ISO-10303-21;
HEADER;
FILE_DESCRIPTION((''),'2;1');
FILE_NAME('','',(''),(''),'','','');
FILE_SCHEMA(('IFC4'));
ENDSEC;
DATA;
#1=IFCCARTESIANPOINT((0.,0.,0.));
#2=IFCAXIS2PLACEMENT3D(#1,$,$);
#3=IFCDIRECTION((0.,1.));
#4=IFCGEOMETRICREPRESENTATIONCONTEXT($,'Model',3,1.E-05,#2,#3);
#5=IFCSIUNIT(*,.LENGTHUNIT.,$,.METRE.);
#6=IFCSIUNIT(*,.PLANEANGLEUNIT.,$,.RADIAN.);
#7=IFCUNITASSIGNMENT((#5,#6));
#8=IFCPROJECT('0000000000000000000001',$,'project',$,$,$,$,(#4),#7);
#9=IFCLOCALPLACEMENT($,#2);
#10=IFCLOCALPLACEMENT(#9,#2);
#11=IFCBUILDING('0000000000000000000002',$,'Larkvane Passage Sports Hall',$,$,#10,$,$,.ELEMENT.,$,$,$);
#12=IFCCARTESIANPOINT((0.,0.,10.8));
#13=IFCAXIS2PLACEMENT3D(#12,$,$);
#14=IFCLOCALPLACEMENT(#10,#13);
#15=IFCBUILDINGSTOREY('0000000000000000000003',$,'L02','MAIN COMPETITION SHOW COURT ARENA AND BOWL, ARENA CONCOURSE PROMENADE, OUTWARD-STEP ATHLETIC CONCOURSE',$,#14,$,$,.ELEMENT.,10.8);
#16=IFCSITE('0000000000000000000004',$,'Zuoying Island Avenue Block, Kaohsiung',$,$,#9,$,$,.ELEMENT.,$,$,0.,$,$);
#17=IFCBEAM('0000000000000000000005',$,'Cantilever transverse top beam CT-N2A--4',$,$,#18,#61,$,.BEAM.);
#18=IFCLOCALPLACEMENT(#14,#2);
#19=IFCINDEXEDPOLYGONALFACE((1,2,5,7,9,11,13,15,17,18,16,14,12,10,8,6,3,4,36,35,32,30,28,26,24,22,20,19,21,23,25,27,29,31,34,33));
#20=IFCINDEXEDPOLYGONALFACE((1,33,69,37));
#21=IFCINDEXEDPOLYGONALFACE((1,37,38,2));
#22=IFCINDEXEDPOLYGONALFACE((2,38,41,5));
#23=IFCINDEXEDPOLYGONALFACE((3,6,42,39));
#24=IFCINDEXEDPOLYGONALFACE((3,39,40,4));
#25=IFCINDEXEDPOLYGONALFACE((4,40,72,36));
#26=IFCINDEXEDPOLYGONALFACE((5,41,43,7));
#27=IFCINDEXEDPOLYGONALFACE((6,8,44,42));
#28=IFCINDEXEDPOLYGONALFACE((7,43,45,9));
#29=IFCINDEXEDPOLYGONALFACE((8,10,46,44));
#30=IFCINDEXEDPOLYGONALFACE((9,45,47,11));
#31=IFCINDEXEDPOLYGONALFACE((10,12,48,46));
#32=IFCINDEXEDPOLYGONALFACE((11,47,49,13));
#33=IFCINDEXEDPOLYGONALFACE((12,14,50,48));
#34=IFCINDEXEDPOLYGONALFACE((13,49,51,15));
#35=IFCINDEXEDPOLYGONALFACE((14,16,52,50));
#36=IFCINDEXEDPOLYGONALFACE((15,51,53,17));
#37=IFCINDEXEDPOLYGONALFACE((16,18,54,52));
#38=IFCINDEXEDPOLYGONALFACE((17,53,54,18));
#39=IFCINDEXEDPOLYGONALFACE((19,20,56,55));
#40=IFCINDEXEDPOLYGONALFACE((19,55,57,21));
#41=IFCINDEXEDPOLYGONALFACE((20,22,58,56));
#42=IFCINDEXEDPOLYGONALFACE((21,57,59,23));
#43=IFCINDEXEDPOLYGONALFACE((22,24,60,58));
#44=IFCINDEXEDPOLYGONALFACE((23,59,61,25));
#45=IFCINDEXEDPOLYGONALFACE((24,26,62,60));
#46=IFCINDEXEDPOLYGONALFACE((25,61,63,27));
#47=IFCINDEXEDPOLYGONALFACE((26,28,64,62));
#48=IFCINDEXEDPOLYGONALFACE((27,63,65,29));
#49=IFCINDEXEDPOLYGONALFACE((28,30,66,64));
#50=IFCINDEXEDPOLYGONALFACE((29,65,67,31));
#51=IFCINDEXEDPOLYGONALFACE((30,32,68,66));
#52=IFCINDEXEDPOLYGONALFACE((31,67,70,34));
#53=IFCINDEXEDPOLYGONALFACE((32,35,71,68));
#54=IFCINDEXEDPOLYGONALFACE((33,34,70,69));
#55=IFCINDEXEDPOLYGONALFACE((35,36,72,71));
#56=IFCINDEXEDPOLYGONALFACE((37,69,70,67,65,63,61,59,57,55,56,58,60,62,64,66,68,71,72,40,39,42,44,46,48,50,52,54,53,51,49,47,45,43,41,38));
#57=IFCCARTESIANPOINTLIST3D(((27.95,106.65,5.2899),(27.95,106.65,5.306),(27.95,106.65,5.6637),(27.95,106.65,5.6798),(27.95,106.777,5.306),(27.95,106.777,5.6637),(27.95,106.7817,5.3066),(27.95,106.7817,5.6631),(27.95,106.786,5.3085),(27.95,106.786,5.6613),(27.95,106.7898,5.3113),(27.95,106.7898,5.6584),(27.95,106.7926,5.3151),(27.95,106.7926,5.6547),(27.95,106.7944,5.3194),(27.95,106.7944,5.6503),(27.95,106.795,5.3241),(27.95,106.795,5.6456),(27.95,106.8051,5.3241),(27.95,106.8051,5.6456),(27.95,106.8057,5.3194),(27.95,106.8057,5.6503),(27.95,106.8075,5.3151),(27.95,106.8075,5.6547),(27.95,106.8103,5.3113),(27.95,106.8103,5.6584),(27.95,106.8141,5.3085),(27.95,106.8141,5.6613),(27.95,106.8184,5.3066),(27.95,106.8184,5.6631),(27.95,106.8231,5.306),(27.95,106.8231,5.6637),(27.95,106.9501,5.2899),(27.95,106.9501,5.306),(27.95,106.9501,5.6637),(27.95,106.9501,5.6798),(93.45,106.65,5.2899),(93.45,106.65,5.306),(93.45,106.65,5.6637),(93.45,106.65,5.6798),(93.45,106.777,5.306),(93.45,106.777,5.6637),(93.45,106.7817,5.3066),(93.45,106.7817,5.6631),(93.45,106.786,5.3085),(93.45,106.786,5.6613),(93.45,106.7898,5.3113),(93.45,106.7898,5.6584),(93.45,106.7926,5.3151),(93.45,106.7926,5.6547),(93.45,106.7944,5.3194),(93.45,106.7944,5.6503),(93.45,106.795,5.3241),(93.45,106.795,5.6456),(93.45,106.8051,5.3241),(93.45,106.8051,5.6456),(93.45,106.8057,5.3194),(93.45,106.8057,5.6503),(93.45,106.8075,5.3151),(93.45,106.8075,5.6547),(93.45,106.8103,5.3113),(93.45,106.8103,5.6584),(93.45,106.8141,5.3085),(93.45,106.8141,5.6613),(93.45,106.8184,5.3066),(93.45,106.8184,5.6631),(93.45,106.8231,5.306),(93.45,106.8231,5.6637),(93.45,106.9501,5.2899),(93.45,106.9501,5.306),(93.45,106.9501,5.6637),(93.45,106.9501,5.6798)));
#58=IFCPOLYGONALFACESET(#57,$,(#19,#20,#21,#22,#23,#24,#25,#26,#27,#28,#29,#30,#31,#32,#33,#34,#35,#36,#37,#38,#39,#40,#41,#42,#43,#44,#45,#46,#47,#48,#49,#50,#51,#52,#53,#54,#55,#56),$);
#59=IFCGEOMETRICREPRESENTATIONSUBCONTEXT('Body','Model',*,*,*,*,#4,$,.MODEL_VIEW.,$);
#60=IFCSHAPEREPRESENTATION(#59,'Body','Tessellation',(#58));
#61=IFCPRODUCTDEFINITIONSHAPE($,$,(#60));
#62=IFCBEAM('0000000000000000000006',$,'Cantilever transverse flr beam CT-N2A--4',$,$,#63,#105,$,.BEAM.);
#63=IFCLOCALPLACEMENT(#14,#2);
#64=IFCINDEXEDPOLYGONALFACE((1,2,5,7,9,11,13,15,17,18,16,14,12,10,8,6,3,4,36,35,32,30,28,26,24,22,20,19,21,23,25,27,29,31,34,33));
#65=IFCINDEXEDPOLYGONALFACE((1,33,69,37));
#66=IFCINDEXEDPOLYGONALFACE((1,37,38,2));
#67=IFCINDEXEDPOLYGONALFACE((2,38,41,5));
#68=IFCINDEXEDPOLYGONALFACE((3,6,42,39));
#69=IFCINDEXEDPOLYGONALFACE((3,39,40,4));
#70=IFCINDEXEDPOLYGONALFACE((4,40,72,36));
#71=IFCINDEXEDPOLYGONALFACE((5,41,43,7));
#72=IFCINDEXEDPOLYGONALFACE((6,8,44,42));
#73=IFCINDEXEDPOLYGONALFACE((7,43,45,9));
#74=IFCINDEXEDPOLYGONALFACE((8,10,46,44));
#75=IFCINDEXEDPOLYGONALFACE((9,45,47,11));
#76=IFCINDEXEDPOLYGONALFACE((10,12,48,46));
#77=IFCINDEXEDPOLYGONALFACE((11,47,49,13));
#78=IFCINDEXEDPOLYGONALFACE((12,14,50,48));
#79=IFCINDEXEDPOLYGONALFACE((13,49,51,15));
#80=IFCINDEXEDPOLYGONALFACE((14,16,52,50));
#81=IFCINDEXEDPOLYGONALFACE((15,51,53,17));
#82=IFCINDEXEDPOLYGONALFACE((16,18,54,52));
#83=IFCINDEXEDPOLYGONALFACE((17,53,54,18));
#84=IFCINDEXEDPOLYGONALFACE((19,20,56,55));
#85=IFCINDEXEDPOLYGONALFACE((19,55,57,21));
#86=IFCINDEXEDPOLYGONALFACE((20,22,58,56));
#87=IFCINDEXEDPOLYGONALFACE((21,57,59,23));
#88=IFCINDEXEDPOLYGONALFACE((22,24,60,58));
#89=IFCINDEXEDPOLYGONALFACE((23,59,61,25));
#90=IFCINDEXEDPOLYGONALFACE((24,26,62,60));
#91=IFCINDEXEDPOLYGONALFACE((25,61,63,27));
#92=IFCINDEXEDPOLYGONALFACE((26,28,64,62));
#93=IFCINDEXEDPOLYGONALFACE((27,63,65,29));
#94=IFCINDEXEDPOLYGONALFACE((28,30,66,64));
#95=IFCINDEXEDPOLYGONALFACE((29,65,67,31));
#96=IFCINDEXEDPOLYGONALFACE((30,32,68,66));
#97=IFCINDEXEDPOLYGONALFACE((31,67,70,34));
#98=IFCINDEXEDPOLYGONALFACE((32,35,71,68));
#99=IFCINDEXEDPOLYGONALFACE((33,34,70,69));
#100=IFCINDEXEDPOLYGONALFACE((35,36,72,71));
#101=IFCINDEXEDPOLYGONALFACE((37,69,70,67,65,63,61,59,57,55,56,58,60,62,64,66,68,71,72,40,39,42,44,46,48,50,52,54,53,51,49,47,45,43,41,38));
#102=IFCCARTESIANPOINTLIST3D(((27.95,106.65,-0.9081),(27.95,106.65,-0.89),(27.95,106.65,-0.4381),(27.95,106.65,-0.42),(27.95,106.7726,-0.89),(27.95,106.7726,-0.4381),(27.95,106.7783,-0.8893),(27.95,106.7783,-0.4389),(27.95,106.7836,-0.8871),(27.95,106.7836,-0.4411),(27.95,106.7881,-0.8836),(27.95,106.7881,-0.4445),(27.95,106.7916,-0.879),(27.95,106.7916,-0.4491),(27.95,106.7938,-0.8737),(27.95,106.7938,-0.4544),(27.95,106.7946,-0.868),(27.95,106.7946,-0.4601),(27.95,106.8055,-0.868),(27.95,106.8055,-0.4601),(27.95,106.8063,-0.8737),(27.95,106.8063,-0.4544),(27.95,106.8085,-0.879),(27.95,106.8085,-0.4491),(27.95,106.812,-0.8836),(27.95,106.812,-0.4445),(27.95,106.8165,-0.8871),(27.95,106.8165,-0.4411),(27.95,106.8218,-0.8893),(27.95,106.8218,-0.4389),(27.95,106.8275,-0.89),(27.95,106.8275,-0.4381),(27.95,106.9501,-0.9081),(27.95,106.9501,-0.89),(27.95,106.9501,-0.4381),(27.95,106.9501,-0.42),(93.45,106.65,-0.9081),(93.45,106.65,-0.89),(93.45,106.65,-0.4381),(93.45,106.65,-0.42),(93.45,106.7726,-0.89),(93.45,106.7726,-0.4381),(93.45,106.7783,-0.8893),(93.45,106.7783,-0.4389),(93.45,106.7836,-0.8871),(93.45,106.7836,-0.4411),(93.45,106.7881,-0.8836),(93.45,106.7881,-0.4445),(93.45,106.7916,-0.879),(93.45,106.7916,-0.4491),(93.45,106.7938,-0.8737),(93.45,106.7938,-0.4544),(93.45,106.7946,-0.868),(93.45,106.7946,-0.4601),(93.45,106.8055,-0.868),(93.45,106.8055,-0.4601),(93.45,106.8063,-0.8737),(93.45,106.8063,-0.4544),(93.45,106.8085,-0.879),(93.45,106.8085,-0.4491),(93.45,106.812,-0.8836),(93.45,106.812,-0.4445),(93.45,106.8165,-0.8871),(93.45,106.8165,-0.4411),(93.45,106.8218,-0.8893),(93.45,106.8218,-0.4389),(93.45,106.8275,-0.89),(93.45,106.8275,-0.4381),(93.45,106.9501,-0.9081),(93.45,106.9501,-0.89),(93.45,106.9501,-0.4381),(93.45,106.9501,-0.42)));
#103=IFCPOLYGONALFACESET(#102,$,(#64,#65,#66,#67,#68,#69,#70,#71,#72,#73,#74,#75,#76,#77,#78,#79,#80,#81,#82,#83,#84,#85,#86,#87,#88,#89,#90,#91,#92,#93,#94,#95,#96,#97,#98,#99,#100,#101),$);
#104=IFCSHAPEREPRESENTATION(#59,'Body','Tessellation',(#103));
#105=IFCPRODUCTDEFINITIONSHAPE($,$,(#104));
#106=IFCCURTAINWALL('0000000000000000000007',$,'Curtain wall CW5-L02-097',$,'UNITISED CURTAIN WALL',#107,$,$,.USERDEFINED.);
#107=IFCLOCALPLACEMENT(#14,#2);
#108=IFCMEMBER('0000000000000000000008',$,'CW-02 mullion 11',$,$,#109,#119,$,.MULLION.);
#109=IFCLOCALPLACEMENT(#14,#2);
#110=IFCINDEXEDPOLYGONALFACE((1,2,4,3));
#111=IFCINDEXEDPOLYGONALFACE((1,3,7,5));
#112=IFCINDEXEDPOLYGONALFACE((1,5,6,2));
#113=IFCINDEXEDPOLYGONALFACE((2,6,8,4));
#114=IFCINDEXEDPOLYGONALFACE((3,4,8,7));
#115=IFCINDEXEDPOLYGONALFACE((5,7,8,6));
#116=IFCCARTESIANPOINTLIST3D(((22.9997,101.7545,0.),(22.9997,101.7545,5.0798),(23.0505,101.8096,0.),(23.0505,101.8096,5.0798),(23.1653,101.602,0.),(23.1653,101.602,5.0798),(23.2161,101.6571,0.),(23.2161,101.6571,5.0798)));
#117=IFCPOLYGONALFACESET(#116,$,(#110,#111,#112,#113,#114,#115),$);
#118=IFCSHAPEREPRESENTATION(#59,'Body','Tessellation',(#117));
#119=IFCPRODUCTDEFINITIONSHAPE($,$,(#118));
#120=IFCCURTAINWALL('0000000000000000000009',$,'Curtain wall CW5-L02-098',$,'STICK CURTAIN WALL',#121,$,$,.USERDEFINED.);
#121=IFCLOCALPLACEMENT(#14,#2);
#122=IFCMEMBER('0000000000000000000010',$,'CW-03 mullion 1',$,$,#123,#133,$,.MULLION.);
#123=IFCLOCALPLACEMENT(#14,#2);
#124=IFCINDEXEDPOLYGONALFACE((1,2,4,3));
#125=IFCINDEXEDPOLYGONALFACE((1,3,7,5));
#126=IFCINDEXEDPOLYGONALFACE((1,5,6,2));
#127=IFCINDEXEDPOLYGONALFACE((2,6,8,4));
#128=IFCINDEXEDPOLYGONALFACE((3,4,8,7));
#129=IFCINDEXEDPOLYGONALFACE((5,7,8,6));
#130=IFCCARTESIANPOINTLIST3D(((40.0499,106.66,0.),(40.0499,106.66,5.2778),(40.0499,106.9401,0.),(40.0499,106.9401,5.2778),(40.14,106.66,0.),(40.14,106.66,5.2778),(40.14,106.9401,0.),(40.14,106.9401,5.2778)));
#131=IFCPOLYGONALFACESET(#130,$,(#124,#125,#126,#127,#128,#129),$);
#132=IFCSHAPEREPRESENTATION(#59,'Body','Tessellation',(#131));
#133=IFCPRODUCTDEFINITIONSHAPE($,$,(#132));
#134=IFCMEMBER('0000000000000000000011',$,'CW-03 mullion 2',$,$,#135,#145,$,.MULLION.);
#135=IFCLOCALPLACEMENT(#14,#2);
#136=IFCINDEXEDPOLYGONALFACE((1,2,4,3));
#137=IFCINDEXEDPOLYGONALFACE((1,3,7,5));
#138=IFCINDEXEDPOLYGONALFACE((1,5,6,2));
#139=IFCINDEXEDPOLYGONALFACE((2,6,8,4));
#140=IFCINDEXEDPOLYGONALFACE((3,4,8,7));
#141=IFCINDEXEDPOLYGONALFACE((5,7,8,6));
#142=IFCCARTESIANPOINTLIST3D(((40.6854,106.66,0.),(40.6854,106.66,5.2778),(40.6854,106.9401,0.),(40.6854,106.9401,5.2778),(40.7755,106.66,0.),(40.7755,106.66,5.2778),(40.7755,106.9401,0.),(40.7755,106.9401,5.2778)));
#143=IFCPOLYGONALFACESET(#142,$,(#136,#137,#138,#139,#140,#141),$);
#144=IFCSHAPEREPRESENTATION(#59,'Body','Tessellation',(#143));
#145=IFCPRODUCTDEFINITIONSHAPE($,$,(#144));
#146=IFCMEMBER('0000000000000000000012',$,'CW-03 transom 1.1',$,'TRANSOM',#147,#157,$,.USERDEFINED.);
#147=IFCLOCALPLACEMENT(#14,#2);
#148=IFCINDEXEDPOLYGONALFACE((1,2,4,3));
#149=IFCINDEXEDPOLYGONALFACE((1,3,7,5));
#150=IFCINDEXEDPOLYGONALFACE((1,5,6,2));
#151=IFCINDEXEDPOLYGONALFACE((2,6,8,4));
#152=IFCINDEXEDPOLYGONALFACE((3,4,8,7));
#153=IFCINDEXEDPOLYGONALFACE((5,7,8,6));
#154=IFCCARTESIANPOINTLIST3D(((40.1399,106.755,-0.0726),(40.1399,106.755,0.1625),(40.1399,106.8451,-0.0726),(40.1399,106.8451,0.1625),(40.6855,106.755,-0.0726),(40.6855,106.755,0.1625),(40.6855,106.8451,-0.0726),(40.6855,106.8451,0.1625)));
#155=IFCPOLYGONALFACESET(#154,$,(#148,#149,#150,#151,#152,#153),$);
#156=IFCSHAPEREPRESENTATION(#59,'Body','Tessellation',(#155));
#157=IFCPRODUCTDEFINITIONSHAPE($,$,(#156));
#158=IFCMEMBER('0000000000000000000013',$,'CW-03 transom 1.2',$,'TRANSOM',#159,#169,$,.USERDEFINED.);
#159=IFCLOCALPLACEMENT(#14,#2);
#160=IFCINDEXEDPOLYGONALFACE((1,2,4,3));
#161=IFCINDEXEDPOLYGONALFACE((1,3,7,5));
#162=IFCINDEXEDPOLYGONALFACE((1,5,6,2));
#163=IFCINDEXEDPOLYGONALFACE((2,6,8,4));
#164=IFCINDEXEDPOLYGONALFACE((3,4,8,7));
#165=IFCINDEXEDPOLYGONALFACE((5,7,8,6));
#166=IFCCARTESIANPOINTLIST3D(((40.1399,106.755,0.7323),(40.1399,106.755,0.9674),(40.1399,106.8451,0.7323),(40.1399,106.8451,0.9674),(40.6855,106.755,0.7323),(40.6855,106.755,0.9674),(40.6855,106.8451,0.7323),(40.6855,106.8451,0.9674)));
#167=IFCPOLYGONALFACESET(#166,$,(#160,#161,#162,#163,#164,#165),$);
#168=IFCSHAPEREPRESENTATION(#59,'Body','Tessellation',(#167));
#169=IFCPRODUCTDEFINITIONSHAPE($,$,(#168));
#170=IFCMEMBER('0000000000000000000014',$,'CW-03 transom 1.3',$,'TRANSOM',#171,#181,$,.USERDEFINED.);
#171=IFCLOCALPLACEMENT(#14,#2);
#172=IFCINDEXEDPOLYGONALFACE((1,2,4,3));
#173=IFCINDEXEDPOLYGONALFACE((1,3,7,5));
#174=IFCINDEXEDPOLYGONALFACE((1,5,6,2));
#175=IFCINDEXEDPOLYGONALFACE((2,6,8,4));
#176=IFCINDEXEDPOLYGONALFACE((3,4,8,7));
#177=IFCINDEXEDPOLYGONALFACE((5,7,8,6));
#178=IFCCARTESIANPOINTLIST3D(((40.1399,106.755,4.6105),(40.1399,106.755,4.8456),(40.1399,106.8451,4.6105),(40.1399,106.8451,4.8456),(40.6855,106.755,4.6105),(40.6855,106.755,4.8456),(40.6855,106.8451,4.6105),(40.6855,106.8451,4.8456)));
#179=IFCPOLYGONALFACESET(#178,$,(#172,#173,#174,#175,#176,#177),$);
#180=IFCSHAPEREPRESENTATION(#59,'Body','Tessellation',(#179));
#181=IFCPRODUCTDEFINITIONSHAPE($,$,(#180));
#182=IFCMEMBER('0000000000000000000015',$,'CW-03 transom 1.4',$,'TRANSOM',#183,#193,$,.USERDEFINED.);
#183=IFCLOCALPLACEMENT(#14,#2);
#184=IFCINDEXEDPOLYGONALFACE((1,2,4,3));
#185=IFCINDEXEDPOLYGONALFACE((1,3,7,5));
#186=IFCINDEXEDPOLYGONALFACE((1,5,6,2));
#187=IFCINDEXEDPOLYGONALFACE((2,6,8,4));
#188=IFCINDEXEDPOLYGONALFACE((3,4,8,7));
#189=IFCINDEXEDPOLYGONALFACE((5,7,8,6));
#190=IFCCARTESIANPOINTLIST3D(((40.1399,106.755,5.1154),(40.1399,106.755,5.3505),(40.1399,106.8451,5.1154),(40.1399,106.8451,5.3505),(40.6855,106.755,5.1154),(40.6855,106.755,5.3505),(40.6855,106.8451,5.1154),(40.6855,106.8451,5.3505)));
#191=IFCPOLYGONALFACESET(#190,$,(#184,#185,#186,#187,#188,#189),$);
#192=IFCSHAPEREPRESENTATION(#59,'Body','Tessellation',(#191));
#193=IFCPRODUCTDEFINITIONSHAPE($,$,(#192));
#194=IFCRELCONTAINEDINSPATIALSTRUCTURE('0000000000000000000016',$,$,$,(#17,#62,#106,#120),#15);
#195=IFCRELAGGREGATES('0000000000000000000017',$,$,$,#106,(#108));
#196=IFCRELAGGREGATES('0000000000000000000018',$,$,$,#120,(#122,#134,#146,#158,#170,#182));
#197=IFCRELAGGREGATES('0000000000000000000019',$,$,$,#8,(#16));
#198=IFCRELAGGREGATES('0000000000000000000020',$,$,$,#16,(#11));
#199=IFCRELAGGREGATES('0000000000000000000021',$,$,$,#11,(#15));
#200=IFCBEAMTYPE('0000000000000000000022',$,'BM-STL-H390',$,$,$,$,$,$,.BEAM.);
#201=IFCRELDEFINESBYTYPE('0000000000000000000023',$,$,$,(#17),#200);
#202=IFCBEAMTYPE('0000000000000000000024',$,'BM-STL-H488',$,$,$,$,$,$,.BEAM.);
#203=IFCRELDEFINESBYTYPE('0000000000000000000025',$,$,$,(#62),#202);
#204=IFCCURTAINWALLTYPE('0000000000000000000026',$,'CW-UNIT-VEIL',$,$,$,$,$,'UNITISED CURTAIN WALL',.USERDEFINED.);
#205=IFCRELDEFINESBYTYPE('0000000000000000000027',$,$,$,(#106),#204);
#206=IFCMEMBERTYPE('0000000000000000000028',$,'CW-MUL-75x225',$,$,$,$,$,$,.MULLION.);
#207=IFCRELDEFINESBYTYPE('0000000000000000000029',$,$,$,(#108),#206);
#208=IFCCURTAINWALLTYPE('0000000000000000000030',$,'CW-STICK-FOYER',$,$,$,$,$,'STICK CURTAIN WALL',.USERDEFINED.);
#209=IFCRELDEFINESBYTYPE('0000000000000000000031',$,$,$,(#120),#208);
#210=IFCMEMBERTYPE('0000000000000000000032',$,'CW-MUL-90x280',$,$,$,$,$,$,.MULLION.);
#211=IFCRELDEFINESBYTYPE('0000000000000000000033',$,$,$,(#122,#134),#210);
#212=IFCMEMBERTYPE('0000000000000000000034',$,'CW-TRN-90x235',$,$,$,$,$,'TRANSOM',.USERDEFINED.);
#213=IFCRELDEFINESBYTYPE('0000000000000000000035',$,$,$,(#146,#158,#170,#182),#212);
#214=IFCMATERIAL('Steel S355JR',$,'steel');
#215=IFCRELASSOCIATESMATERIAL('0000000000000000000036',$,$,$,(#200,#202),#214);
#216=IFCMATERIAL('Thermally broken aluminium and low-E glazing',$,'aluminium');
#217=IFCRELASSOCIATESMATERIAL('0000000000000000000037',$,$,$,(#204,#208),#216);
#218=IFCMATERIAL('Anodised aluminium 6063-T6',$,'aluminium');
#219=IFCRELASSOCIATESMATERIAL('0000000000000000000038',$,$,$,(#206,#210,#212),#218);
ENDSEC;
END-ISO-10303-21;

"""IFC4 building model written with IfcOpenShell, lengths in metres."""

from ifc_helpers import new_model, si_unit, direction, frame, origin, origin_2d, place, context, subcontext, project, spatial, rectangle, i_section, extrude, material, material_profile, profile_set, type_object, element, aggregate, save


model = new_model("IFC4")

# Units and contexts
model_context = context("Model", 3, precision=1e-05, world=origin(), true_north=direction((0.0, 1.0)))
body_context = subcontext(model_context, "Body", "Model", "MODEL_VIEW")
ifc_project = project(units=[si_unit("LENGTHUNIT", "METRE"), si_unit("PLANEANGLEUNIT", "RADIAN")], contexts=[model_context])

# Site, building, storey
site_placement = place(None, origin())
site = spatial("IfcSite", under=ifc_project, at=site_placement, Name="Zuoying Island Avenue Block, Kaohsiung", CompositionType="ELEMENT", RefElevation=0.0)
building_placement = place(site_placement, origin())
building = spatial("IfcBuilding", under=site, at=building_placement, Name="Larkvane Passage Sports Hall", CompositionType="ELEMENT")
storey_placement = place(building_placement, frame((0.0, 0.0, 10.8)))
storey = spatial("IfcBuildingStorey", under=building, at=storey_placement, Name="L02", Description="MAIN COMPETITION SHOW COURT ARENA AND BOWL, ARENA CONCOURSE PROMENADE, OUTWARD-STEP ATHLETIC CONCOURSE", CompositionType="ELEMENT", Elevation=10.8)

# Beams
ifc_material_1 = material(Name="Steel S355JR", Category="steel")
ifc_material_profile_1 = material_profile(ifc_material_1, i_section(OverallWidth=0.3, OverallDepth=0.3899, WebThickness=0.01, FlangeThickness=0.0161, FilletRadius=0.0181, at=origin_2d()), Name="H-390x300x10x16")
ifc_profile_set_1 = profile_set([ifc_material_profile_1], Name="Steel S355JR")
beam_type_1 = type_object("IfcBeamType", Name="BM-STL-H390", PredefinedType="BEAM", material=ifc_profile_set_1)
beam_1_placement = place(storey_placement, frame((27.95, 106.8, 5.4849), z_axis=(1.0, 0.0, 0.0), x_axis=(0.0, 1.0, 0.0)))
element("IfcBeam", 1, at=beam_1_placement, inside=storey, type_object=beam_type_1, Name="Cantilever transverse top beam CT-N2A--4", PredefinedType="BEAM", context=body_context, shape_type="SweptSolid", body=[
    extrude(i_section(OverallWidth=0.3, OverallDepth=0.3899, WebThickness=0.01, FlangeThickness=0.0161, FilletRadius=0.0181, at=origin_2d()), origin(), (0.0, 0.0, 1.0), 65.5),
])
ifc_material_profile_2 = material_profile(ifc_material_1, i_section(OverallWidth=0.3, OverallDepth=0.488, WebThickness=0.011, FlangeThickness=0.0181, FilletRadius=0.022, at=origin_2d()), Name="H-488x300x11x18")
ifc_profile_set_2 = profile_set([ifc_material_profile_2], Name="Steel S355JR")
beam_type_2 = type_object("IfcBeamType", Name="BM-STL-H488", PredefinedType="BEAM", material=ifc_profile_set_2)
beam_2_placement = place(storey_placement, frame((27.95, 106.8, -0.6641), z_axis=(1.0, 0.0, 0.0), x_axis=(0.0, 1.0, 0.0)))
element("IfcBeam", 2, at=beam_2_placement, inside=storey, type_object=beam_type_2, Name="Cantilever transverse flr beam CT-N2A--4", PredefinedType="BEAM", context=body_context, shape_type="SweptSolid", body=[
    extrude(i_section(OverallWidth=0.3, OverallDepth=0.488, WebThickness=0.011, FlangeThickness=0.0181, FilletRadius=0.022, at=origin_2d()), origin(), (0.0, 0.0, 1.0), 65.5),
])

# Curtain wall, member
ifc_material_2 = material(Name="Thermally broken aluminium and low-E glazing", Category="aluminium")
curtain_wall_type_1 = type_object("IfcCurtainWallType", Name="CW-UNIT-VEIL", ElementType="UNITISED CURTAIN WALL", PredefinedType="USERDEFINED", material=ifc_material_2)
curtain_wall_1_placement = place(storey_placement, origin())
curtain_wall_1 = element("IfcCurtainWall", 3, at=curtain_wall_1_placement, inside=storey, type_object=curtain_wall_type_1, Name="Curtain wall CW5-L02-097", ObjectType="UNITISED CURTAIN WALL", PredefinedType="USERDEFINED")
ifc_material_3 = material(Name="Anodised aluminium 6063-T6", Category="aluminium")
ifc_material_profile_3 = material_profile(ifc_material_3, rectangle(XDim=0.075, YDim=0.2251, at=origin_2d()), Name="ALU-MUL-75x225")
ifc_profile_set_3 = profile_set([ifc_material_profile_3], Name="Anodised aluminium 6063-T6")
member_type_1 = type_object("IfcMemberType", Name="CW-MUL-75x225", PredefinedType="MULLION", material=ifc_profile_set_3)
member_1_placement = place(storey_placement, frame((23.1079, 101.7058, 0.0), z_axis=(0.0, 0.0, 1.0), x_axis=(0.677475, 0.735545, 0.0)))
member_1 = element("IfcMember", 4, at=member_1_placement, type_object=member_type_1, Name="CW-02 mullion 11", PredefinedType="MULLION", context=body_context, shape_type="SweptSolid", body=[
    extrude(rectangle(XDim=0.075, YDim=0.2251, at=origin_2d()), origin(), (0.0, 0.0, 1.0), 5.0798),
])

# Curtain wall, members
curtain_wall_type_2 = type_object("IfcCurtainWallType", Name="CW-STICK-FOYER", ElementType="STICK CURTAIN WALL", PredefinedType="USERDEFINED", material=ifc_material_2)
curtain_wall_2_placement = place(storey_placement, origin())
curtain_wall_2 = element("IfcCurtainWall", 5, at=curtain_wall_2_placement, inside=storey, type_object=curtain_wall_type_2, Name="Curtain wall CW5-L02-098", ObjectType="STICK CURTAIN WALL", PredefinedType="USERDEFINED")
ifc_material_profile_4 = material_profile(ifc_material_3, rectangle(XDim=0.0901, YDim=0.28, at=origin_2d()), Name="ALU-MUL-90x280")
ifc_profile_set_4 = profile_set([ifc_material_profile_4], Name="Anodised aluminium 6063-T6")
member_type_2 = type_object("IfcMemberType", Name="CW-MUL-90x280", PredefinedType="MULLION", material=ifc_profile_set_4)
member_2_placement = place(storey_placement, frame((40.095, 106.8, 0.0), z_axis=(0.0, 0.0, 1.0), x_axis=(1.0, 0.0, 0.0)))
member_2 = element("IfcMember", 6, at=member_2_placement, type_object=member_type_2, Name="CW-03 mullion 1", PredefinedType="MULLION", context=body_context, shape_type="SweptSolid", body=[
    extrude(rectangle(XDim=0.0901, YDim=0.28, at=origin_2d()), origin(), (0.0, 0.0, 1.0), 5.2778),
])
member_3_placement = place(storey_placement, frame((40.7305, 106.8, 0.0), z_axis=(0.0, 0.0, 1.0), x_axis=(1.0, 0.0, 0.0)))
member_3 = element("IfcMember", 7, at=member_3_placement, type_object=member_type_2, Name="CW-03 mullion 2", PredefinedType="MULLION", context=body_context, shape_type="SweptSolid", body=[
    extrude(rectangle(XDim=0.0901, YDim=0.28, at=origin_2d()), origin(), (0.0, 0.0, 1.0), 5.2778),
])
ifc_material_profile_5 = material_profile(ifc_material_3, rectangle(XDim=0.0901, YDim=0.2351, at=origin_2d()), Name="ALU-TRN-90x235")
ifc_profile_set_5 = profile_set([ifc_material_profile_5], Name="Anodised aluminium 6063-T6")
member_type_3 = type_object("IfcMemberType", Name="CW-TRN-90x235", ElementType="TRANSOM", PredefinedType="USERDEFINED", material=ifc_profile_set_5)
member_4_placement = place(storey_placement, frame((40.1399, 106.8, 0.0449), z_axis=(1.0, 0.0, 0.0), x_axis=(0.0, 1.0, 0.0)))
member_4 = element("IfcMember", 8, at=member_4_placement, type_object=member_type_3, Name="CW-03 transom 1.1", ObjectType="TRANSOM", PredefinedType="USERDEFINED", context=body_context, shape_type="SweptSolid", body=[
    extrude(rectangle(XDim=0.0901, YDim=0.2351, at=origin_2d()), origin(), (0.0, 0.0, 1.0), 0.5457),
])
member_5_placement = place(storey_placement, frame((40.1399, 106.8, 0.8499), z_axis=(1.0, 0.0, 0.0), x_axis=(0.0, 1.0, 0.0)))
member_5 = element("IfcMember", 9, at=member_5_placement, type_object=member_type_3, Name="CW-03 transom 1.2", ObjectType="TRANSOM", PredefinedType="USERDEFINED", context=body_context, shape_type="SweptSolid", body=[
    extrude(rectangle(XDim=0.0901, YDim=0.2351, at=origin_2d()), origin(), (0.0, 0.0, 1.0), 0.5457),
])
member_6_placement = place(storey_placement, frame((40.1399, 106.8, 4.728), z_axis=(1.0, 0.0, 0.0), x_axis=(0.0, 1.0, 0.0)))
member_6 = element("IfcMember", 10, at=member_6_placement, type_object=member_type_3, Name="CW-03 transom 1.3", ObjectType="TRANSOM", PredefinedType="USERDEFINED", context=body_context, shape_type="SweptSolid", body=[
    extrude(rectangle(XDim=0.0901, YDim=0.2351, at=origin_2d()), origin(), (0.0, 0.0, 1.0), 0.5457),
])
member_7_placement = place(storey_placement, frame((40.1399, 106.8, 5.2329), z_axis=(1.0, 0.0, 0.0), x_axis=(0.0, 1.0, 0.0)))
member_7 = element("IfcMember", 11, at=member_7_placement, type_object=member_type_3, Name="CW-03 transom 1.4", ObjectType="TRANSOM", PredefinedType="USERDEFINED", context=body_context, shape_type="SweptSolid", body=[
    extrude(rectangle(XDim=0.0901, YDim=0.2351, at=origin_2d()), origin(), (0.0, 0.0, 1.0), 0.5457),
])

aggregate(curtain_wall_1, [member_1])
aggregate(curtain_wall_2, [member_2, member_3, member_4, member_5, member_6, member_7])

save(model, "model.ifc")
